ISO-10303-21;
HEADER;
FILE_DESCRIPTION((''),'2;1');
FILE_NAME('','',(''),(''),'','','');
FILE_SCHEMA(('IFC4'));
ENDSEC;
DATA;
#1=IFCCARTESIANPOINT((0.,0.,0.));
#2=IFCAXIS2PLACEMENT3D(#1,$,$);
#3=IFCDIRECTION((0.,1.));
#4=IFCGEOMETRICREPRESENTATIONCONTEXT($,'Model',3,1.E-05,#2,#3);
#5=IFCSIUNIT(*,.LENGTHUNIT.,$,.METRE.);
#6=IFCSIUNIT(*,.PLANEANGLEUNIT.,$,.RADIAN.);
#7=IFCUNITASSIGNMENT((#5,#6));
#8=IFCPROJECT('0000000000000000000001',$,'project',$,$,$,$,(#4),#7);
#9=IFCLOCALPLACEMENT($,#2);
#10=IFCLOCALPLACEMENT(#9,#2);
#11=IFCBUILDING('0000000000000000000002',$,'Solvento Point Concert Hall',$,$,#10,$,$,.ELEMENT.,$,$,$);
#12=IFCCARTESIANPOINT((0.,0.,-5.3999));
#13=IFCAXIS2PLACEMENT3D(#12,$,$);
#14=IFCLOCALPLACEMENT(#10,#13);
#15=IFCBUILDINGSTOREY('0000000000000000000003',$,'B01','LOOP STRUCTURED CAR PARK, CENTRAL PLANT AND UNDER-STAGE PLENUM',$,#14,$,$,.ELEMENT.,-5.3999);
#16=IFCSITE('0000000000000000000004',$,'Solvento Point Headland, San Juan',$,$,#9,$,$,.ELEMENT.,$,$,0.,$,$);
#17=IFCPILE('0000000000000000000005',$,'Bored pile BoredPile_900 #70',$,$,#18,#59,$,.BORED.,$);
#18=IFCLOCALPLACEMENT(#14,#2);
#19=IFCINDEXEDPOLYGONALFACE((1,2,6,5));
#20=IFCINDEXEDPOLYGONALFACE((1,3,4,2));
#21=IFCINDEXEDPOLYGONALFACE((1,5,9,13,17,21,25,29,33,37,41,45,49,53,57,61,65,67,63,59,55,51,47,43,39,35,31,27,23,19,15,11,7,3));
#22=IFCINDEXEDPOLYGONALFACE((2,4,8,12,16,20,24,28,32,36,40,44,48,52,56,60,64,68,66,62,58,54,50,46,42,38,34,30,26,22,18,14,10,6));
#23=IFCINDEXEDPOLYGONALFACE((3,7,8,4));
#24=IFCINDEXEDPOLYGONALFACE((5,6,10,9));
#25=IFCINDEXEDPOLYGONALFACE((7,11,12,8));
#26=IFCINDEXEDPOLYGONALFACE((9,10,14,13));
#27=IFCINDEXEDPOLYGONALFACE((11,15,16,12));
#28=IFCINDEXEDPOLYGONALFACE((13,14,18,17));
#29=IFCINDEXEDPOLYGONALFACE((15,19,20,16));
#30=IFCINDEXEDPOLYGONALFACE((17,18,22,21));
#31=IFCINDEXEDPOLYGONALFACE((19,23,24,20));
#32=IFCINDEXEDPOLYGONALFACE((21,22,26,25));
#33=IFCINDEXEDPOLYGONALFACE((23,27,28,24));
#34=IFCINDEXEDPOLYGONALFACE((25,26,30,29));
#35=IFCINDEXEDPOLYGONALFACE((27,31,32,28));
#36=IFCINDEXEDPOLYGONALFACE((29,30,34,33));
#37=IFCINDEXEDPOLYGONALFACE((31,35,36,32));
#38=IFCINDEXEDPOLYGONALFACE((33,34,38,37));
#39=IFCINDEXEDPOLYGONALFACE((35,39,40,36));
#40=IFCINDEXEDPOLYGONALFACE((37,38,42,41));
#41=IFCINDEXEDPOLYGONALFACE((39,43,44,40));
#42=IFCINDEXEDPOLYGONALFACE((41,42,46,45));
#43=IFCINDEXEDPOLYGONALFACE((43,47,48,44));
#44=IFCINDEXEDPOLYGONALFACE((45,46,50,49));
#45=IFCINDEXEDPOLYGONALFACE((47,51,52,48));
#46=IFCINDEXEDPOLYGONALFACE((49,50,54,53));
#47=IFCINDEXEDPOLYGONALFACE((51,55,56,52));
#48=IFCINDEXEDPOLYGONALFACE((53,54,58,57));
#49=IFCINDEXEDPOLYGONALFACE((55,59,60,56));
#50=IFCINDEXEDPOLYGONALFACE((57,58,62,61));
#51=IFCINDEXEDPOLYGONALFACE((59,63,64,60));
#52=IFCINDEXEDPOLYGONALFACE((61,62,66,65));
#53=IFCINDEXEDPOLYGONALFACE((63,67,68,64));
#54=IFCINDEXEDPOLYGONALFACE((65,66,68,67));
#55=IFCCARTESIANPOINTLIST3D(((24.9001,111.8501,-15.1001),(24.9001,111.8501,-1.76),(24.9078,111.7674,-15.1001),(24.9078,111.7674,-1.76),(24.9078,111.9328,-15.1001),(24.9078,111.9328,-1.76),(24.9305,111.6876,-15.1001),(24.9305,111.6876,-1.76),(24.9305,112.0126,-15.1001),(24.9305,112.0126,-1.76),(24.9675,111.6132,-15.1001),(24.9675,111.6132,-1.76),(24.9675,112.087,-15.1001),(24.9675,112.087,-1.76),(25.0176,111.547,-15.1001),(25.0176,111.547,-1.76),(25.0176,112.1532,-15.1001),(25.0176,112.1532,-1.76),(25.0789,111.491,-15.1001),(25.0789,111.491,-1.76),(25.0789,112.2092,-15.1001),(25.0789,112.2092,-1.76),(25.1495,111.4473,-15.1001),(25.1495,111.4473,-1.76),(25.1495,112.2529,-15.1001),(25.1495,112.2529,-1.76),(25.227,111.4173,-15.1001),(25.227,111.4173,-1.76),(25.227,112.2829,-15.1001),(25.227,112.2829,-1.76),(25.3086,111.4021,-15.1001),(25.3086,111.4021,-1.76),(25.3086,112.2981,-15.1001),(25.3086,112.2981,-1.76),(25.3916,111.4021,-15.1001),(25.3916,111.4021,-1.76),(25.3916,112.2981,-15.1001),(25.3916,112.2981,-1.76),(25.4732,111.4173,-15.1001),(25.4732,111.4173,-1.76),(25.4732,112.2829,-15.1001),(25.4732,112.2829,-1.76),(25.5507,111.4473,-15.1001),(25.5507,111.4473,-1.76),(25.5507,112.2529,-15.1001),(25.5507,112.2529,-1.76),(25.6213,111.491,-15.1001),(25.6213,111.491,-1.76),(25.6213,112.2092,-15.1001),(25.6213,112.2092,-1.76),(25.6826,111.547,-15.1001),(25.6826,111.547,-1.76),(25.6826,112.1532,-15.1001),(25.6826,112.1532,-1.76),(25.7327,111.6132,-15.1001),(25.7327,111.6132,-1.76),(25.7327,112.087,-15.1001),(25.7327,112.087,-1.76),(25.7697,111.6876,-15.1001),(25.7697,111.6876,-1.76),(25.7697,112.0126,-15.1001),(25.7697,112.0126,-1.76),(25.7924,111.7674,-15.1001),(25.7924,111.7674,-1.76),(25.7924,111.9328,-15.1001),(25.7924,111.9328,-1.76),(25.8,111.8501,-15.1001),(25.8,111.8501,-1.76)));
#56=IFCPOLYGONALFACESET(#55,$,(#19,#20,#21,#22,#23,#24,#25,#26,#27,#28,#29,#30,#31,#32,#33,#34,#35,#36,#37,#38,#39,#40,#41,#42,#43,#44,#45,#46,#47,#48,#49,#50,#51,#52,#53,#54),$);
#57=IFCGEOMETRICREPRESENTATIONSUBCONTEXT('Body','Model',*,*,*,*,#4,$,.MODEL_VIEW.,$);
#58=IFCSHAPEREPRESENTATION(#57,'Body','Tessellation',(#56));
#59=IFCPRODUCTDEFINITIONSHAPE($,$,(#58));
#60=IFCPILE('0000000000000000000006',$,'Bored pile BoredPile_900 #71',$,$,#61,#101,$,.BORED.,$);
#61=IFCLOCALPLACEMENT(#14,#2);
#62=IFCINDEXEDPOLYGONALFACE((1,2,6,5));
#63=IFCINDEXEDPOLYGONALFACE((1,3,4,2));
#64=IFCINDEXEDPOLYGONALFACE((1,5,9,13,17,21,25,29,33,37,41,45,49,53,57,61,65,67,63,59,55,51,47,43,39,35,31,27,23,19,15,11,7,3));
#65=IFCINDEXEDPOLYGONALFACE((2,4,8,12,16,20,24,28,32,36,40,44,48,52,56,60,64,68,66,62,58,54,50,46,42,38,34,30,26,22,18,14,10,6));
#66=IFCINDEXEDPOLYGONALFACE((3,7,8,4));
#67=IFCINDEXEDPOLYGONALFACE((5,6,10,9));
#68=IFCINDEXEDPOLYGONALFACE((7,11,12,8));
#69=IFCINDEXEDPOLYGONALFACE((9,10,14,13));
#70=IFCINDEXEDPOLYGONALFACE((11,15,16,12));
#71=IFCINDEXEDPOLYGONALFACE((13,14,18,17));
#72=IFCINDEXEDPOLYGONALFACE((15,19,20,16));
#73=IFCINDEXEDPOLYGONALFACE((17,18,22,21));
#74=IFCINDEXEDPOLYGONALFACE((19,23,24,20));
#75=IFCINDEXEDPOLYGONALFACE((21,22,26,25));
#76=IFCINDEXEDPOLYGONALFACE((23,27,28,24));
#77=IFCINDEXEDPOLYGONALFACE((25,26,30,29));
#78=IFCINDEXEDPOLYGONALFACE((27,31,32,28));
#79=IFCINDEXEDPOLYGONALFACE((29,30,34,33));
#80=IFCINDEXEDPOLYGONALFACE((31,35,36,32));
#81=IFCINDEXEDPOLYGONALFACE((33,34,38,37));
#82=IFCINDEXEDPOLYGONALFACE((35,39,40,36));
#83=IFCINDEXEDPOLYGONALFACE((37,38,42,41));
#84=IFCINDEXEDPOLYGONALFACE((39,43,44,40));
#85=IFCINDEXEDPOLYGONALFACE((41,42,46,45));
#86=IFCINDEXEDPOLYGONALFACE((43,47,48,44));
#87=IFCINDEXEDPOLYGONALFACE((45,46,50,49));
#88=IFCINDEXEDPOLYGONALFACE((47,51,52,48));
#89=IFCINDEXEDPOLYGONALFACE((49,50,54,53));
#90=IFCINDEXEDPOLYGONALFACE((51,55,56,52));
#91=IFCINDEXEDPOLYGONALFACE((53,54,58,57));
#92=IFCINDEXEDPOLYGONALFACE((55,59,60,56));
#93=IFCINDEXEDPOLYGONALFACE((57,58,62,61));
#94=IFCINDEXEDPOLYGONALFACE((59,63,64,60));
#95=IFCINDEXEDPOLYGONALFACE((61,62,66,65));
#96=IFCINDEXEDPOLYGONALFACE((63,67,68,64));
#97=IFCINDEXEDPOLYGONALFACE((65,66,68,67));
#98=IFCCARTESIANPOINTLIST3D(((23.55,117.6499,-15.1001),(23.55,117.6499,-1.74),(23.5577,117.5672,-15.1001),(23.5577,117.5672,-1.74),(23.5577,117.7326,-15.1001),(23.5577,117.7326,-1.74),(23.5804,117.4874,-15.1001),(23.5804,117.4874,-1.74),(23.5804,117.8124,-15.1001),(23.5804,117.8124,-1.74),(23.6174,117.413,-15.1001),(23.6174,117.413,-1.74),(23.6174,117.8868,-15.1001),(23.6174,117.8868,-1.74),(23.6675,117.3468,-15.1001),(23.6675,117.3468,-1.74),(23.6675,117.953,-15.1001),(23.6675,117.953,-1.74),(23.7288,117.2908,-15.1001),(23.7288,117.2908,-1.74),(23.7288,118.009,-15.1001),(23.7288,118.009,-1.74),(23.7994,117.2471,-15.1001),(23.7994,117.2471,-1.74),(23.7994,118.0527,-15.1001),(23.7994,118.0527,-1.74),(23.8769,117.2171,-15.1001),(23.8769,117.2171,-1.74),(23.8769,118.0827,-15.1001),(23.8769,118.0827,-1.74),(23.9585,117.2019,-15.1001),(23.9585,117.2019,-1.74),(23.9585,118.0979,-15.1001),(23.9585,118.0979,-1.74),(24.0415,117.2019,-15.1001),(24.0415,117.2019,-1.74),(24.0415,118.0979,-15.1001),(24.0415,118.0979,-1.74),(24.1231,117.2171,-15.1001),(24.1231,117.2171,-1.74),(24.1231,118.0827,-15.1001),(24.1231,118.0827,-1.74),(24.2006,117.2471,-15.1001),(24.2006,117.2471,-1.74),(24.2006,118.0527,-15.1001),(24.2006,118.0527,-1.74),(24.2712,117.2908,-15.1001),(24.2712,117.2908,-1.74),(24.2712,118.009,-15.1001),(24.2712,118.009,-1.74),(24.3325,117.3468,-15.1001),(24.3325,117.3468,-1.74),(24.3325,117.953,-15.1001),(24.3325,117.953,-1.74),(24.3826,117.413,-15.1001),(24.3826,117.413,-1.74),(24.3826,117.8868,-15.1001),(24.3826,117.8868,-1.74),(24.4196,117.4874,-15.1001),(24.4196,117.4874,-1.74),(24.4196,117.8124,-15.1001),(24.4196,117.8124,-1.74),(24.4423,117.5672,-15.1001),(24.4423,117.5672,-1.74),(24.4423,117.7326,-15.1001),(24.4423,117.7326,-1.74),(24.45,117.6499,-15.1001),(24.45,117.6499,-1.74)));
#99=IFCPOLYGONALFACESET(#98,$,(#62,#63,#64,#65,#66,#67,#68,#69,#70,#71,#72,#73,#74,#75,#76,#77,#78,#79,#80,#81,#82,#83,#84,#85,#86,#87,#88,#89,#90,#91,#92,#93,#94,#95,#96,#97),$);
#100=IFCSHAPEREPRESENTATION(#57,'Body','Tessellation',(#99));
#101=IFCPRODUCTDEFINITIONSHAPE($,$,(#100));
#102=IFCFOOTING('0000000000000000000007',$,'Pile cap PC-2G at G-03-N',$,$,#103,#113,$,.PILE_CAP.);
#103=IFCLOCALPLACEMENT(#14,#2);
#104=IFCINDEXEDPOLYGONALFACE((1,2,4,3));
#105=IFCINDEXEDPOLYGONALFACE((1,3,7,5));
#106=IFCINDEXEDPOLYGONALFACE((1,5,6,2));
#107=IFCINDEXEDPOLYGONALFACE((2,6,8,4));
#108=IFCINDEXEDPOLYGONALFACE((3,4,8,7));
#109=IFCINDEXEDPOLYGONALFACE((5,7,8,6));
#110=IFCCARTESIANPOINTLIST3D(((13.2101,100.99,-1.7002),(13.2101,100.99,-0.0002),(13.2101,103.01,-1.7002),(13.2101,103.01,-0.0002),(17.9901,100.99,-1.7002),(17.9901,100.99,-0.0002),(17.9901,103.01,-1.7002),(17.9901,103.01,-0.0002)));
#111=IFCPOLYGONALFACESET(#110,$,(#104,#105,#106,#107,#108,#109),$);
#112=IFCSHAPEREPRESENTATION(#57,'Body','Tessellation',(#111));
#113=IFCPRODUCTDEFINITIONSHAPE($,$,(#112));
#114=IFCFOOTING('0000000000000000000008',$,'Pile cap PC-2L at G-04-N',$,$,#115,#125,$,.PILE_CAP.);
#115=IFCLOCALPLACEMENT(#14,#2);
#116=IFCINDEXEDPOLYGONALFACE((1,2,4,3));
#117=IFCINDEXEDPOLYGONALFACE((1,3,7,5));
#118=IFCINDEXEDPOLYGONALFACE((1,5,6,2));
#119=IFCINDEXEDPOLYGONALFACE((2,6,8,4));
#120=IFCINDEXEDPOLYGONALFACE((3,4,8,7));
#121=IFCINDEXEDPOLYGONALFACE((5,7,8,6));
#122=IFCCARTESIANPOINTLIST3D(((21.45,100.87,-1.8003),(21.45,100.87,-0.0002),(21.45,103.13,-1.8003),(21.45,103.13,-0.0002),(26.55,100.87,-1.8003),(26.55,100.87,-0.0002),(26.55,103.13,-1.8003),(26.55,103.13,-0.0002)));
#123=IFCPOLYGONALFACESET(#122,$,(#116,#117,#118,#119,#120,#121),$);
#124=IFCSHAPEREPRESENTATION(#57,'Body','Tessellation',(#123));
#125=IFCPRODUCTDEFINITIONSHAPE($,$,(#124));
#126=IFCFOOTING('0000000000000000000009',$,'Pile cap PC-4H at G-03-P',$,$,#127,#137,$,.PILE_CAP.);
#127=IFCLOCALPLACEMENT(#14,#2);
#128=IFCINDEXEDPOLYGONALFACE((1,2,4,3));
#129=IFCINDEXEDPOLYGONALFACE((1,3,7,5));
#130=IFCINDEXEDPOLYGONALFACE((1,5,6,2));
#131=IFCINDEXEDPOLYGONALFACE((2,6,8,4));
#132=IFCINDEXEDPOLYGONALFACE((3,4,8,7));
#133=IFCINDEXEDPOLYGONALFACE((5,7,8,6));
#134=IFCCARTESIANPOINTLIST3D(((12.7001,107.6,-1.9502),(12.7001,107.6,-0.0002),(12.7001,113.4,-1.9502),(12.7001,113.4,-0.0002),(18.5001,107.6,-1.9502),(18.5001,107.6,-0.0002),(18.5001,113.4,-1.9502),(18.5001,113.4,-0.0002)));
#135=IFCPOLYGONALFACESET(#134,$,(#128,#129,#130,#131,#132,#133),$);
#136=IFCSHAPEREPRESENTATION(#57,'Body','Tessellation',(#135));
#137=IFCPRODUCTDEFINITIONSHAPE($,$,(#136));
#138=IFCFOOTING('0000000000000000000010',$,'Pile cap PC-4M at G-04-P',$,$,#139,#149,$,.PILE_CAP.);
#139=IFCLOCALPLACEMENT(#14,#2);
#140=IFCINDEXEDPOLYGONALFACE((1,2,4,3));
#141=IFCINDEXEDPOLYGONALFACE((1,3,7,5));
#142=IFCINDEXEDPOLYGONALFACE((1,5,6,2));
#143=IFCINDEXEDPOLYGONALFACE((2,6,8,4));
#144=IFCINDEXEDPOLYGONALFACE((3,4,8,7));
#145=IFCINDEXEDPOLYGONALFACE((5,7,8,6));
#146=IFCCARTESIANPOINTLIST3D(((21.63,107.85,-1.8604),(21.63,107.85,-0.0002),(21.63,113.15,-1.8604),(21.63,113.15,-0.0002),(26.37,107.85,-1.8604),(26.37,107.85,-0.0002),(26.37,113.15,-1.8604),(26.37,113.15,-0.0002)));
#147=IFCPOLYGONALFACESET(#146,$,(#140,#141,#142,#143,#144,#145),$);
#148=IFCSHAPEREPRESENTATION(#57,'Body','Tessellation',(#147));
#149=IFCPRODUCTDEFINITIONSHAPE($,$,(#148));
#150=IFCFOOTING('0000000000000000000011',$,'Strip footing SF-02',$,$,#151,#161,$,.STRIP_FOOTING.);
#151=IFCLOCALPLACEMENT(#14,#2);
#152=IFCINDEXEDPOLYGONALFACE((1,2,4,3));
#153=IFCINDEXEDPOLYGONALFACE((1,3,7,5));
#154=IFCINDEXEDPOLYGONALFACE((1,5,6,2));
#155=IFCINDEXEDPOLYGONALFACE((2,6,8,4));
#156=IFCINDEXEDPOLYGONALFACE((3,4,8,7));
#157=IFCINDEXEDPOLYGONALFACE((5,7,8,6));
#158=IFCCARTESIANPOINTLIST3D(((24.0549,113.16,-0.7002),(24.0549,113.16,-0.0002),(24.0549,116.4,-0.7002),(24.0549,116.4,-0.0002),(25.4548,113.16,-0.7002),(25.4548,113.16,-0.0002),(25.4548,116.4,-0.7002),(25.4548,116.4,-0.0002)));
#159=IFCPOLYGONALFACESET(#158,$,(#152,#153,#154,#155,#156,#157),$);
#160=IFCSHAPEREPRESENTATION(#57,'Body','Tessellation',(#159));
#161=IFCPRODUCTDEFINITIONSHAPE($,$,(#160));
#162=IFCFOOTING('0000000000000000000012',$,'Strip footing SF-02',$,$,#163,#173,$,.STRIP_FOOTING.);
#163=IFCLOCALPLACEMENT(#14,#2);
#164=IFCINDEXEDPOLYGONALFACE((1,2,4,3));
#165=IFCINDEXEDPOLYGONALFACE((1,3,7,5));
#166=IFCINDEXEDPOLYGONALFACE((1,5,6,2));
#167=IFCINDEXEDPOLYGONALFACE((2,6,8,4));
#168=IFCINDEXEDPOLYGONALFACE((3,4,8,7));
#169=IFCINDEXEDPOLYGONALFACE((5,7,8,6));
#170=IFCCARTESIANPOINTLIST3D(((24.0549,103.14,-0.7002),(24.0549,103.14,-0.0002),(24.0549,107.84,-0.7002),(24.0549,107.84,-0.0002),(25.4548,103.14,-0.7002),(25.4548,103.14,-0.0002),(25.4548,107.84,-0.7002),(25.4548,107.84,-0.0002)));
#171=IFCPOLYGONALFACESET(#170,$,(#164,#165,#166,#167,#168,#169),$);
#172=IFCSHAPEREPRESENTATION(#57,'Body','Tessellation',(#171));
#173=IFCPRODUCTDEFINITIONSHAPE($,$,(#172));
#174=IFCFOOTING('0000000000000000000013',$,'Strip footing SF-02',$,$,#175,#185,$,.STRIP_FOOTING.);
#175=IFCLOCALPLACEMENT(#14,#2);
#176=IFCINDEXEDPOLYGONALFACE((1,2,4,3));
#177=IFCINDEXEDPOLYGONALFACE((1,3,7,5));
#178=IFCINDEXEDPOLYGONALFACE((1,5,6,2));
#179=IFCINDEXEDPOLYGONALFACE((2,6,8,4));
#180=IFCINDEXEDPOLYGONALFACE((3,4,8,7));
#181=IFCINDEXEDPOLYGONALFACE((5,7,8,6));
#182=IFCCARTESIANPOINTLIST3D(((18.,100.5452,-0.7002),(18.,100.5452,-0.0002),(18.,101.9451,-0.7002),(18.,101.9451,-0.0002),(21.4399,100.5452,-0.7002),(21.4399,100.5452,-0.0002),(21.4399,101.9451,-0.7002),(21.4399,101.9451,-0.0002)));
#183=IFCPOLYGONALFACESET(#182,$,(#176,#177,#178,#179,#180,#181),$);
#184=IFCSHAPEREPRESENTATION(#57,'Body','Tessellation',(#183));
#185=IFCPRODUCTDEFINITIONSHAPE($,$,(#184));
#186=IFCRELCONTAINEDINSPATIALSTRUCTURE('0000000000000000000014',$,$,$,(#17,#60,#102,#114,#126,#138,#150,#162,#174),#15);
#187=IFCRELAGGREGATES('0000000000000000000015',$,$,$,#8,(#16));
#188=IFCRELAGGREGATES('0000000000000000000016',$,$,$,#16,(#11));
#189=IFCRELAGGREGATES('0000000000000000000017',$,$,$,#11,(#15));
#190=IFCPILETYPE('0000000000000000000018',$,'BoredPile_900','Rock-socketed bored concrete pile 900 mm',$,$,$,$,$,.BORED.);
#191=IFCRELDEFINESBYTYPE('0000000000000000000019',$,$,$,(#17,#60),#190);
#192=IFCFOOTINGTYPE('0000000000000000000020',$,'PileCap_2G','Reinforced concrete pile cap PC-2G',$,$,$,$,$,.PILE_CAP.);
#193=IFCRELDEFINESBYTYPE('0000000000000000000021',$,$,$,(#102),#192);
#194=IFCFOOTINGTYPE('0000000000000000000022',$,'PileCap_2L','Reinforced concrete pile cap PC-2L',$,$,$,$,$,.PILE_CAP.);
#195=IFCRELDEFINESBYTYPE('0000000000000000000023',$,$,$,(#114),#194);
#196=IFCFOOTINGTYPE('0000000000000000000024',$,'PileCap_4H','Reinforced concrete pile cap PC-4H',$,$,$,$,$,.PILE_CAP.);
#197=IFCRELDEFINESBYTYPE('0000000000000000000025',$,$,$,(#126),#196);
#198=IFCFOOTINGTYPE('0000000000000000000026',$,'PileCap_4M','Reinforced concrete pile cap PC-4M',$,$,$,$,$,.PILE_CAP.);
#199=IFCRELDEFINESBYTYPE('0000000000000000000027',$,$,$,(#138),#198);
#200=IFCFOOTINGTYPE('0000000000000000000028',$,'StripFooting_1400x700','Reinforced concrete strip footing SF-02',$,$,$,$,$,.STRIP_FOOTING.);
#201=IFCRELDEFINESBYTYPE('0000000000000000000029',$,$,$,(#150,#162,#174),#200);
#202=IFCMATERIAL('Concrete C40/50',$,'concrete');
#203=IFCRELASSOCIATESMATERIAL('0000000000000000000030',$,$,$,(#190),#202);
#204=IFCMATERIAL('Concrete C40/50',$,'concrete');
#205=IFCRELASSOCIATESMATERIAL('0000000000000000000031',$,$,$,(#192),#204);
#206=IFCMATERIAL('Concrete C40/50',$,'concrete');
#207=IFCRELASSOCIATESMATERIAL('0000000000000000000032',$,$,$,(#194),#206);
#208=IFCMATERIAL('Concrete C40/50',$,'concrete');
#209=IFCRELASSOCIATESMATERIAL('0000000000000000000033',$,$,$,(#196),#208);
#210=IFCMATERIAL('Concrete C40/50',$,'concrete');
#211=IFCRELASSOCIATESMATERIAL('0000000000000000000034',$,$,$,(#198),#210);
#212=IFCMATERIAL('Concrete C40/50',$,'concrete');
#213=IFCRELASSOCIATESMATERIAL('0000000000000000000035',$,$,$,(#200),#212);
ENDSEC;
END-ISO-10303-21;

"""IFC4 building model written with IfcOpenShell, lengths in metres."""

from ifc_helpers import new_model, si_unit, direction, frame, origin, origin_2d, place, context, subcontext, project, spatial, rectangle, circle, extrude, material, material_profile, profile_set, type_object, element, save


model = new_model("IFC4")

# Units and contexts
model_context = context("Model", 3, precision=1e-05, world=origin(), true_north=direction((0.0, 1.0)))
body_context = subcontext(model_context, "Body", "Model", "MODEL_VIEW")
ifc_project = project(units=[si_unit("LENGTHUNIT", "METRE"), si_unit("PLANEANGLEUNIT", "RADIAN")], contexts=[model_context])

# Site, building, storey
site_placement = place(None, origin())
site = spatial("IfcSite", under=ifc_project, at=site_placement, Name="Solvento Point Headland, San Juan", CompositionType="ELEMENT", RefElevation=0.0)
building_placement = place(site_placement, origin())
building = spatial("IfcBuilding", under=site, at=building_placement, Name="Solvento Point Concert Hall", CompositionType="ELEMENT")
storey_placement = place(building_placement, frame((0.0, 0.0, -5.3999)))
storey = spatial("IfcBuildingStorey", under=building, at=storey_placement, Name="B01", Description="LOOP STRUCTURED CAR PARK, CENTRAL PLANT AND UNDER-STAGE PLENUM", CompositionType="ELEMENT", Elevation=-5.3999)

# Piles
ifc_material_1 = material(Name="Concrete C40/50", Category="concrete")
ifc_material_profile_1 = material_profile(ifc_material_1, circle(Radius=0.45, at=origin_2d()), Name="BP-900")
ifc_profile_set_1 = profile_set([ifc_material_profile_1], Name="Concrete C40/50")
pile_type_1 = type_object("IfcPileType", Name="BoredPile_900", Description="Rock-socketed bored concrete pile 900 mm", PredefinedType="BORED", material=ifc_profile_set_1)
for number, where, z_axis, x_axis, name in (
    (1, (25.3501, 111.8501, -1.76), (0.0, 0.0, -1.0), (1.0, 0.0, 0.0), "Bored pile BoredPile_900 #70"),
):
    element("IfcPile", number, at=place(storey_placement, frame(where, z_axis=z_axis, x_axis=x_axis)), inside=storey, type_object=pile_type_1, Name=name, PredefinedType="BORED", context=body_context, shape_type="SweptSolid", body=[
        extrude(circle(Radius=0.45, at=origin_2d()), origin(), (0.0, 0.0, 1.0), 13.3401),
    ])
pile_1_placement = place(storey_placement, frame((24.0, 117.6499, -1.74), z_axis=(0.0, 0.0, -1.0), x_axis=(1.0, 0.0, 0.0)))
element("IfcPile", 2, at=pile_1_placement, inside=storey, type_object=pile_type_1, Name="Bored pile BoredPile_900 #71", PredefinedType="BORED", context=body_context, shape_type="SweptSolid", body=[
    extrude(circle(Radius=0.45, at=origin_2d()), origin(), (0.0, 0.0, 1.0), 13.3601),
])

# Footings
ifc_material_2 = material(Name="Concrete C40/50", Category="concrete")
footing_type_1 = type_object("IfcFootingType", Name="PileCap_2G", Description="Reinforced concrete pile cap PC-2G", PredefinedType="PILE_CAP", material=ifc_material_2)
footing_1_placement = place(storey_placement, frame((15.6001, 102.0, -1.7002), z_axis=(0.0, 0.0, 1.0), x_axis=(1.0, 0.0, 0.0)))
element("IfcFooting", 3, at=footing_1_placement, inside=storey, type_object=footing_type_1, Name="Pile cap PC-2G at G-03-N", PredefinedType="PILE_CAP", context=body_context, shape_type="SweptSolid", body=[
    extrude(rectangle(XDim=4.78, YDim=2.02, at=origin_2d()), origin(), (0.0, 0.0, 1.0), 1.7),
])
ifc_material_3 = material(Name="Concrete C40/50", Category="concrete")
footing_type_2 = type_object("IfcFootingType", Name="PileCap_2L", Description="Reinforced concrete pile cap PC-2L", PredefinedType="PILE_CAP", material=ifc_material_3)
footing_2_placement = place(storey_placement, frame((24.0, 102.0, -1.8003), z_axis=(0.0, 0.0, 1.0), x_axis=(1.0, 0.0, 0.0)))
element("IfcFooting", 4, at=footing_2_placement, inside=storey, type_object=footing_type_2, Name="Pile cap PC-2L at G-04-N", PredefinedType="PILE_CAP", context=body_context, shape_type="SweptSolid", body=[
    extrude(rectangle(XDim=5.1001, YDim=2.26, at=origin_2d()), origin(), (0.0, 0.0, 1.0), 1.8),
])
ifc_material_4 = material(Name="Concrete C40/50", Category="concrete")
footing_type_3 = type_object("IfcFootingType", Name="PileCap_4H", Description="Reinforced concrete pile cap PC-4H", PredefinedType="PILE_CAP", material=ifc_material_4)
footing_3_placement = place(storey_placement, frame((15.6001, 110.5, -1.9502), z_axis=(0.0, 0.0, 1.0), x_axis=(1.0, 0.0, 0.0)))
element("IfcFooting", 5, at=footing_3_placement, inside=storey, type_object=footing_type_3, Name="Pile cap PC-4H at G-03-P", PredefinedType="PILE_CAP", context=body_context, shape_type="SweptSolid", body=[
    extrude(rectangle(XDim=5.8, YDim=5.8, at=origin_2d()), origin(), (0.0, 0.0, 1.0), 1.95),
])
ifc_material_5 = material(Name="Concrete C40/50", Category="concrete")
footing_type_4 = type_object("IfcFootingType", Name="PileCap_4M", Description="Reinforced concrete pile cap PC-4M", PredefinedType="PILE_CAP", material=ifc_material_5)
footing_4_placement = place(storey_placement, frame((24.0, 110.5, -1.8604), z_axis=(0.0, 0.0, 1.0), x_axis=(1.0, 0.0, 0.0)))
element("IfcFooting", 6, at=footing_4_placement, inside=storey, type_object=footing_type_4, Name="Pile cap PC-4M at G-04-P", PredefinedType="PILE_CAP", context=body_context, shape_type="SweptSolid", body=[
    extrude(rectangle(XDim=4.74, YDim=5.3, at=origin_2d()), origin(), (0.0, 0.0, 1.0), 1.8601),
])
ifc_material_6 = material(Name="Concrete C40/50", Category="concrete")
footing_type_5 = type_object("IfcFootingType", Name="StripFooting_1400x700", Description="Reinforced concrete strip footing SF-02", PredefinedType="STRIP_FOOTING", material=ifc_material_6)
footing_5_placement = place(storey_placement, frame((24.7549, 114.78, -0.7002), z_axis=(0.0, 0.0, 1.0), x_axis=(0.0, -1.0, 0.0)))
element("IfcFooting", 7, at=footing_5_placement, inside=storey, type_object=footing_type_5, Name="Strip footing SF-02", PredefinedType="STRIP_FOOTING", context=body_context, shape_type="SweptSolid", body=[
    extrude(rectangle(XDim=3.24, YDim=1.3999, at=origin_2d()), origin(), (0.0, 0.0, 1.0), 0.7),
])
footing_6_placement = place(storey_placement, frame((24.7549, 105.49, -0.7002), z_axis=(0.0, 0.0, 1.0), x_axis=(0.0, -1.0, 0.0)))
element("IfcFooting", 8, at=footing_6_placement, inside=storey, type_object=footing_type_5, Name="Strip footing SF-02", PredefinedType="STRIP_FOOTING", context=body_context, shape_type="SweptSolid", body=[
    extrude(rectangle(XDim=4.7, YDim=1.3999, at=origin_2d()), origin(), (0.0, 0.0, 1.0), 0.7),
])
footing_7_placement = place(storey_placement, frame((19.72, 101.2451, -0.7002), z_axis=(0.0, 0.0, 1.0), x_axis=(-1.0, 0.0, 0.0)))
element("IfcFooting", 9, at=footing_7_placement, inside=storey, type_object=footing_type_5, Name="Strip footing SF-02", PredefinedType="STRIP_FOOTING", context=body_context, shape_type="SweptSolid", body=[
    extrude(rectangle(XDim=3.4399, YDim=1.3999, at=origin_2d()), origin(), (0.0, 0.0, 1.0), 0.7),
])

save(model, "model.ifc")
